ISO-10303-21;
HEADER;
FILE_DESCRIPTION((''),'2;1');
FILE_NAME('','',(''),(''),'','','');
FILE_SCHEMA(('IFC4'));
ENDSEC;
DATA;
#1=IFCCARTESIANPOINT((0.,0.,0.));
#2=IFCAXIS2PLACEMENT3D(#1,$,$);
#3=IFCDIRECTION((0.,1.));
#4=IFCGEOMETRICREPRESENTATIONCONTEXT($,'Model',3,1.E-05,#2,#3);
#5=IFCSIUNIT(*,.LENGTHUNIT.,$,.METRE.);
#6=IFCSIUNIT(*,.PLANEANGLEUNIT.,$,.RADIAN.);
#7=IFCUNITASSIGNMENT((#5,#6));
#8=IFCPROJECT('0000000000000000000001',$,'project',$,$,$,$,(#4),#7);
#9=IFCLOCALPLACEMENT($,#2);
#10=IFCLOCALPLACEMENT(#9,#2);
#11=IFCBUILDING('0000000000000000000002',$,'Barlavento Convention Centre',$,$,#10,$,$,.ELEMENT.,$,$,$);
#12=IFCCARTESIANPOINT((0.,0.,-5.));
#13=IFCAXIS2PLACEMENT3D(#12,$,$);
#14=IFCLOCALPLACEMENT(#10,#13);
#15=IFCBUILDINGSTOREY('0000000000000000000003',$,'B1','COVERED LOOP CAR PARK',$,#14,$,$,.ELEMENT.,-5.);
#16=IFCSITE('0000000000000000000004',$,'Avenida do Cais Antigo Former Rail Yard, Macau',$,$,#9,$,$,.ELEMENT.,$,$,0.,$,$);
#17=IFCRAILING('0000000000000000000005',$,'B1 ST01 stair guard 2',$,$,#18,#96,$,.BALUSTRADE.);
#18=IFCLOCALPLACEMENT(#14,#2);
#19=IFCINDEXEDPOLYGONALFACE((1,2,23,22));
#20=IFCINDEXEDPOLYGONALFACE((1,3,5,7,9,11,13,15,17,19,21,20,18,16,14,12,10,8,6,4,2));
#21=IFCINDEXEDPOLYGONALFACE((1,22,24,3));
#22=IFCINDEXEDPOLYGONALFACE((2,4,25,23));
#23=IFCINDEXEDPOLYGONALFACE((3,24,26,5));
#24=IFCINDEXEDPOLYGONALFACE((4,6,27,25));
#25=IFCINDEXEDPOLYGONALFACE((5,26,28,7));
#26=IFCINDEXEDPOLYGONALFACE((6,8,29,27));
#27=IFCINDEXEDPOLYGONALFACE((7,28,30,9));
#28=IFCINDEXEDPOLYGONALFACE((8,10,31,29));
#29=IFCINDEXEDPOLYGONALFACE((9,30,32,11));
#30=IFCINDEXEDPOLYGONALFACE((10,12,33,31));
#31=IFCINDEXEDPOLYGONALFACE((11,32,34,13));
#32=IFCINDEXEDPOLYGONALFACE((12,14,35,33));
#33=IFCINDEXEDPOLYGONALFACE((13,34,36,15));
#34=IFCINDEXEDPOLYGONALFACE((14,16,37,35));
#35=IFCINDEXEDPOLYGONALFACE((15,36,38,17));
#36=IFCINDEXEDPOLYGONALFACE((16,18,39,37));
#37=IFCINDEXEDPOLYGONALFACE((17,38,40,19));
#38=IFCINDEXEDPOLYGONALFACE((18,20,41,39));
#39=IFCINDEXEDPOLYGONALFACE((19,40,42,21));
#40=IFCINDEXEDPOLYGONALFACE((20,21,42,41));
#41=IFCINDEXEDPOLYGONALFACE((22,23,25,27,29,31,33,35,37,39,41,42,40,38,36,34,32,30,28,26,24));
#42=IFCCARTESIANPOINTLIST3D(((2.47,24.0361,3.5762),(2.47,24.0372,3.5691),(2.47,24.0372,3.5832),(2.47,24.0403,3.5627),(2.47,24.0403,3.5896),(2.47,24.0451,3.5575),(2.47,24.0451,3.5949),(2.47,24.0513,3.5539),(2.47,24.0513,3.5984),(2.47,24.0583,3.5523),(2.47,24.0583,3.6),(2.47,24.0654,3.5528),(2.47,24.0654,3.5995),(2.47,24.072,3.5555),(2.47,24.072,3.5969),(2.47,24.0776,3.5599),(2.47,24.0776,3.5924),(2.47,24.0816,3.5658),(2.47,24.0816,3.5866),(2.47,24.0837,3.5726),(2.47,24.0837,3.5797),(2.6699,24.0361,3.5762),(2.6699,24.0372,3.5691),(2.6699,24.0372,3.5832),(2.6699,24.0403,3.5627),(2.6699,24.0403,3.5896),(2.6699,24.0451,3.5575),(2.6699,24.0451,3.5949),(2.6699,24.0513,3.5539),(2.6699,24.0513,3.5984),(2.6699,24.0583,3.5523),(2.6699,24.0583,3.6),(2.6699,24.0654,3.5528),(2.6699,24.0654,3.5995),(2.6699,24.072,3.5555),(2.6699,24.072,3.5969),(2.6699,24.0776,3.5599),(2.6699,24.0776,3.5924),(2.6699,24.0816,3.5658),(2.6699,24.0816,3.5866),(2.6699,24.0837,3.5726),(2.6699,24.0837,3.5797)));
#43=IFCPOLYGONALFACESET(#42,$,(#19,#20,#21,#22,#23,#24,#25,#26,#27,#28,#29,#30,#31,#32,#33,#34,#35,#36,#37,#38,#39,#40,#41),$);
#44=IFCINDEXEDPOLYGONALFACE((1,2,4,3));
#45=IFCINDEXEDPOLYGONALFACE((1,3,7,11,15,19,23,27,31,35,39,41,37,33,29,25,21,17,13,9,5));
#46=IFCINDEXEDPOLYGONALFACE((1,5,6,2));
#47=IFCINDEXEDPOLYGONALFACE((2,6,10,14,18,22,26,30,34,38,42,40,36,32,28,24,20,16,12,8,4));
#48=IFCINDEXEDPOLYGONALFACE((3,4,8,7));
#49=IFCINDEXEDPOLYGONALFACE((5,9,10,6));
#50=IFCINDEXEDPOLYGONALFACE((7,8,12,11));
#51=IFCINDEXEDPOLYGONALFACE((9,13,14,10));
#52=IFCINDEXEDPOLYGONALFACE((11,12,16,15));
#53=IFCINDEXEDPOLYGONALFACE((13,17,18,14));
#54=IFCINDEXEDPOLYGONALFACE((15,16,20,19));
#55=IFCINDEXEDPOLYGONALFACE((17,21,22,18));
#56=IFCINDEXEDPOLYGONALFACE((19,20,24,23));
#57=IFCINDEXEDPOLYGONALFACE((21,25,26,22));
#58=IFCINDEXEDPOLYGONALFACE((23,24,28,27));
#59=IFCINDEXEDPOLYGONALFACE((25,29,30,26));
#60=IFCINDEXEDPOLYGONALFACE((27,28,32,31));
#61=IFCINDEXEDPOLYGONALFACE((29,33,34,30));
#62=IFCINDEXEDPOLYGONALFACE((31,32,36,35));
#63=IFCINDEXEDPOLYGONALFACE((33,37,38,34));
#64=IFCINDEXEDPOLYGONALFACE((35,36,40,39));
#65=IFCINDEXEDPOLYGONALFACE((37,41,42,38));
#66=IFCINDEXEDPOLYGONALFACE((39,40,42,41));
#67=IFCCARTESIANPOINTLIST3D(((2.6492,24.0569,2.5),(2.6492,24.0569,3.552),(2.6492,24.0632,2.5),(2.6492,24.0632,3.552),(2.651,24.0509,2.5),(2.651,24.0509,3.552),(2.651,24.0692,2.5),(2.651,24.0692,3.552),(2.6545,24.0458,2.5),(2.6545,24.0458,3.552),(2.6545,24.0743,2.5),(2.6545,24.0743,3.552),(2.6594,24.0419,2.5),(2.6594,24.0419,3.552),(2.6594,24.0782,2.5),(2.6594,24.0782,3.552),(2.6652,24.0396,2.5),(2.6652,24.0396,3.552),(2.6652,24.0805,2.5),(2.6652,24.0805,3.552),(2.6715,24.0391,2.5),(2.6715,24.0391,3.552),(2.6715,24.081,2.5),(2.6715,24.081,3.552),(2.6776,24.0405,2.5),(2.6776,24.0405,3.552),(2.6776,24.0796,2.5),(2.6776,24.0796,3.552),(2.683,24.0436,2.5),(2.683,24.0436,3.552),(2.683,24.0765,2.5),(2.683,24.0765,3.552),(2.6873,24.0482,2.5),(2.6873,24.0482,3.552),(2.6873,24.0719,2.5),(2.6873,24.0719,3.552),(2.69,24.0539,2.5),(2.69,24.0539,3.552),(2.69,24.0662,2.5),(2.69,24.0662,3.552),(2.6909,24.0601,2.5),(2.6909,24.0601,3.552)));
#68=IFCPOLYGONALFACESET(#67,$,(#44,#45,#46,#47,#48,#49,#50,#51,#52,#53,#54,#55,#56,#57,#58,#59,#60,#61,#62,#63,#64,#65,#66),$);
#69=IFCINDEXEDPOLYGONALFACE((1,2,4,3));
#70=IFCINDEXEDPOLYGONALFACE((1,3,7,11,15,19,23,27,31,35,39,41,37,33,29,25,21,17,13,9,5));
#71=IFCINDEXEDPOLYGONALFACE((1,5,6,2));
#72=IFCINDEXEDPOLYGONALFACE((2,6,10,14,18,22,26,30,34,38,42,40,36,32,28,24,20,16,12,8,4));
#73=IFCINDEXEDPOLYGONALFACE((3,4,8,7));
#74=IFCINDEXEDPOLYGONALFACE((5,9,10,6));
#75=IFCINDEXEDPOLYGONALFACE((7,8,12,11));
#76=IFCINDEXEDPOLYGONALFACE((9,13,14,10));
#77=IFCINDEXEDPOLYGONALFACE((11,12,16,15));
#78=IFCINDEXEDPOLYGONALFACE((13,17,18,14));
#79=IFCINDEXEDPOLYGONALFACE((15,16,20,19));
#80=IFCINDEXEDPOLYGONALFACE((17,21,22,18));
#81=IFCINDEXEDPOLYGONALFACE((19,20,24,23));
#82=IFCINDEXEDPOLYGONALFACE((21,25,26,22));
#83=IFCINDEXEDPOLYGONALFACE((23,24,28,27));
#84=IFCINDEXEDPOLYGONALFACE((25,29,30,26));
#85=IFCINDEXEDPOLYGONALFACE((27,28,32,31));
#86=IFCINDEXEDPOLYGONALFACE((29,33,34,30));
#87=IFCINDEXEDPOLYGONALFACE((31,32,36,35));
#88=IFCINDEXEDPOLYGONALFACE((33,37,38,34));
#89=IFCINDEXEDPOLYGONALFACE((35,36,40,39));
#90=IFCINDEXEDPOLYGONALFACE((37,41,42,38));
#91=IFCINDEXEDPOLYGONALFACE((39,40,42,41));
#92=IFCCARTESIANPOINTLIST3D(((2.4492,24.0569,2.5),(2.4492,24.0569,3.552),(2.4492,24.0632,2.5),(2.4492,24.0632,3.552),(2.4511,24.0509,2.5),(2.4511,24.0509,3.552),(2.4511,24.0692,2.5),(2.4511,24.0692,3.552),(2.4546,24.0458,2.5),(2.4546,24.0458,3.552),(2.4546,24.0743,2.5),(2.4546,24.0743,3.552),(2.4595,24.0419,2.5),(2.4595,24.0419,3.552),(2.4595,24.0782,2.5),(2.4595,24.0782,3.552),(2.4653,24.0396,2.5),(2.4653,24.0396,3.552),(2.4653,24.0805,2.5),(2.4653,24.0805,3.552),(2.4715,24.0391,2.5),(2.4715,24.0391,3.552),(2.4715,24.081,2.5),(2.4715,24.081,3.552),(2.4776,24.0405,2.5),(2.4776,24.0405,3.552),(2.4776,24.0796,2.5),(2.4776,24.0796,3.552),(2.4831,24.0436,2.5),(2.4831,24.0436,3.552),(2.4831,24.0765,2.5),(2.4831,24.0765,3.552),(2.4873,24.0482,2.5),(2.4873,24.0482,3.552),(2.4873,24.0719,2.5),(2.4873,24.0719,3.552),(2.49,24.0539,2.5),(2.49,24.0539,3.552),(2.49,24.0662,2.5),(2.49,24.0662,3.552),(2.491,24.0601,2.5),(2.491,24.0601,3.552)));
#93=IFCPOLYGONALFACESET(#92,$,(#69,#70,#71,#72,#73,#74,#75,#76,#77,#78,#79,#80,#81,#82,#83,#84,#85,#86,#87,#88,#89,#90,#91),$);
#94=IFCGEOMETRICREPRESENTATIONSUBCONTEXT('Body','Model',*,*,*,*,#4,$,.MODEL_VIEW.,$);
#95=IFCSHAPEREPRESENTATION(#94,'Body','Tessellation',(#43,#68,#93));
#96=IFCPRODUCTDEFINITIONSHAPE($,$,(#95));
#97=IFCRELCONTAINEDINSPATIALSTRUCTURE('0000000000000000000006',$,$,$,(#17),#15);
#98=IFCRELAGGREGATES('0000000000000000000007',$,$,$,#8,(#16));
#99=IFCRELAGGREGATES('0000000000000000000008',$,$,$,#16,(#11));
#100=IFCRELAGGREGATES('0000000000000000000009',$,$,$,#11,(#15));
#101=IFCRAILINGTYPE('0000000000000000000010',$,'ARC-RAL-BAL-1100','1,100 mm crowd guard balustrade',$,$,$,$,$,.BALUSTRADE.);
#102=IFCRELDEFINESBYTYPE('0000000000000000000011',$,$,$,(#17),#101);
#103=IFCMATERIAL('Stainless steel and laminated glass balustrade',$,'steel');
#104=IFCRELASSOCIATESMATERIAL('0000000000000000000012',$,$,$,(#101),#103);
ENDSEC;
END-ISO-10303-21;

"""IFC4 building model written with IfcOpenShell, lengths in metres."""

from ifc_helpers import new_model, si_unit, direction, frame, origin, origin_2d, place, context, subcontext, project, spatial, circle, extrude, material, type_object, element, save


model = new_model("IFC4")

# Units and contexts
model_context = context("Model", 3, precision=1e-05, world=origin(), true_north=direction((0.0, 1.0)))
body_context = subcontext(model_context, "Body", "Model", "MODEL_VIEW")
ifc_project = project(units=[si_unit("LENGTHUNIT", "METRE"), si_unit("PLANEANGLEUNIT", "RADIAN")], contexts=[model_context])

# Site, building, storey
site_placement = place(None, origin())
site = spatial("IfcSite", under=ifc_project, at=site_placement, Name="Avenida do Cais Antigo Former Rail Yard, Macau", CompositionType="ELEMENT", RefElevation=0.0)
building_placement = place(site_placement, origin())
building = spatial("IfcBuilding", under=site, at=building_placement, Name="Barlavento Convention Centre", CompositionType="ELEMENT")
storey_placement = place(building_placement, frame((0.0, 0.0, -5.0)))
storey = spatial("IfcBuildingStorey", under=building, at=storey_placement, Name="B1", Description="COVERED LOOP CAR PARK", CompositionType="ELEMENT", Elevation=-5.0)

# Railing
ifc_material_1 = material(Name="Stainless steel and laminated glass balustrade", Category="steel")
railing_type_1 = type_object("IfcRailingType", Name="ARC-RAL-BAL-1100", Description="1,100 mm crowd guard balustrade", PredefinedType="BALUSTRADE", material=ifc_material_1)
railing_1_placement = place(storey_placement, frame((2.6699, 24.0601, 2.5)))
element("IfcRailing", 1, at=railing_1_placement, inside=storey, type_object=railing_type_1, Name="B1 ST01 stair guard 2", PredefinedType="BALUSTRADE", context=body_context, shape_type="SweptSolid", body=[
    extrude(circle(Radius=0.0239, at=origin_2d()), frame((0.0, 0.0, 1.0762), z_axis=(-1.0, 0.0, 0.0), x_axis=(0.0, -1.0, 0.0)), (0.0, 0.0, 1.0), 0.2),
    extrude(circle(Radius=0.021, at=origin_2d()), origin(), (0.0, 0.0, 1.0), 1.052),
    extrude(circle(Radius=0.021, at=origin_2d()), frame((-0.2, 0.0, 0.0)), (0.0, 0.0, 1.0), 1.052),
])

save(model, "model.ifc")
